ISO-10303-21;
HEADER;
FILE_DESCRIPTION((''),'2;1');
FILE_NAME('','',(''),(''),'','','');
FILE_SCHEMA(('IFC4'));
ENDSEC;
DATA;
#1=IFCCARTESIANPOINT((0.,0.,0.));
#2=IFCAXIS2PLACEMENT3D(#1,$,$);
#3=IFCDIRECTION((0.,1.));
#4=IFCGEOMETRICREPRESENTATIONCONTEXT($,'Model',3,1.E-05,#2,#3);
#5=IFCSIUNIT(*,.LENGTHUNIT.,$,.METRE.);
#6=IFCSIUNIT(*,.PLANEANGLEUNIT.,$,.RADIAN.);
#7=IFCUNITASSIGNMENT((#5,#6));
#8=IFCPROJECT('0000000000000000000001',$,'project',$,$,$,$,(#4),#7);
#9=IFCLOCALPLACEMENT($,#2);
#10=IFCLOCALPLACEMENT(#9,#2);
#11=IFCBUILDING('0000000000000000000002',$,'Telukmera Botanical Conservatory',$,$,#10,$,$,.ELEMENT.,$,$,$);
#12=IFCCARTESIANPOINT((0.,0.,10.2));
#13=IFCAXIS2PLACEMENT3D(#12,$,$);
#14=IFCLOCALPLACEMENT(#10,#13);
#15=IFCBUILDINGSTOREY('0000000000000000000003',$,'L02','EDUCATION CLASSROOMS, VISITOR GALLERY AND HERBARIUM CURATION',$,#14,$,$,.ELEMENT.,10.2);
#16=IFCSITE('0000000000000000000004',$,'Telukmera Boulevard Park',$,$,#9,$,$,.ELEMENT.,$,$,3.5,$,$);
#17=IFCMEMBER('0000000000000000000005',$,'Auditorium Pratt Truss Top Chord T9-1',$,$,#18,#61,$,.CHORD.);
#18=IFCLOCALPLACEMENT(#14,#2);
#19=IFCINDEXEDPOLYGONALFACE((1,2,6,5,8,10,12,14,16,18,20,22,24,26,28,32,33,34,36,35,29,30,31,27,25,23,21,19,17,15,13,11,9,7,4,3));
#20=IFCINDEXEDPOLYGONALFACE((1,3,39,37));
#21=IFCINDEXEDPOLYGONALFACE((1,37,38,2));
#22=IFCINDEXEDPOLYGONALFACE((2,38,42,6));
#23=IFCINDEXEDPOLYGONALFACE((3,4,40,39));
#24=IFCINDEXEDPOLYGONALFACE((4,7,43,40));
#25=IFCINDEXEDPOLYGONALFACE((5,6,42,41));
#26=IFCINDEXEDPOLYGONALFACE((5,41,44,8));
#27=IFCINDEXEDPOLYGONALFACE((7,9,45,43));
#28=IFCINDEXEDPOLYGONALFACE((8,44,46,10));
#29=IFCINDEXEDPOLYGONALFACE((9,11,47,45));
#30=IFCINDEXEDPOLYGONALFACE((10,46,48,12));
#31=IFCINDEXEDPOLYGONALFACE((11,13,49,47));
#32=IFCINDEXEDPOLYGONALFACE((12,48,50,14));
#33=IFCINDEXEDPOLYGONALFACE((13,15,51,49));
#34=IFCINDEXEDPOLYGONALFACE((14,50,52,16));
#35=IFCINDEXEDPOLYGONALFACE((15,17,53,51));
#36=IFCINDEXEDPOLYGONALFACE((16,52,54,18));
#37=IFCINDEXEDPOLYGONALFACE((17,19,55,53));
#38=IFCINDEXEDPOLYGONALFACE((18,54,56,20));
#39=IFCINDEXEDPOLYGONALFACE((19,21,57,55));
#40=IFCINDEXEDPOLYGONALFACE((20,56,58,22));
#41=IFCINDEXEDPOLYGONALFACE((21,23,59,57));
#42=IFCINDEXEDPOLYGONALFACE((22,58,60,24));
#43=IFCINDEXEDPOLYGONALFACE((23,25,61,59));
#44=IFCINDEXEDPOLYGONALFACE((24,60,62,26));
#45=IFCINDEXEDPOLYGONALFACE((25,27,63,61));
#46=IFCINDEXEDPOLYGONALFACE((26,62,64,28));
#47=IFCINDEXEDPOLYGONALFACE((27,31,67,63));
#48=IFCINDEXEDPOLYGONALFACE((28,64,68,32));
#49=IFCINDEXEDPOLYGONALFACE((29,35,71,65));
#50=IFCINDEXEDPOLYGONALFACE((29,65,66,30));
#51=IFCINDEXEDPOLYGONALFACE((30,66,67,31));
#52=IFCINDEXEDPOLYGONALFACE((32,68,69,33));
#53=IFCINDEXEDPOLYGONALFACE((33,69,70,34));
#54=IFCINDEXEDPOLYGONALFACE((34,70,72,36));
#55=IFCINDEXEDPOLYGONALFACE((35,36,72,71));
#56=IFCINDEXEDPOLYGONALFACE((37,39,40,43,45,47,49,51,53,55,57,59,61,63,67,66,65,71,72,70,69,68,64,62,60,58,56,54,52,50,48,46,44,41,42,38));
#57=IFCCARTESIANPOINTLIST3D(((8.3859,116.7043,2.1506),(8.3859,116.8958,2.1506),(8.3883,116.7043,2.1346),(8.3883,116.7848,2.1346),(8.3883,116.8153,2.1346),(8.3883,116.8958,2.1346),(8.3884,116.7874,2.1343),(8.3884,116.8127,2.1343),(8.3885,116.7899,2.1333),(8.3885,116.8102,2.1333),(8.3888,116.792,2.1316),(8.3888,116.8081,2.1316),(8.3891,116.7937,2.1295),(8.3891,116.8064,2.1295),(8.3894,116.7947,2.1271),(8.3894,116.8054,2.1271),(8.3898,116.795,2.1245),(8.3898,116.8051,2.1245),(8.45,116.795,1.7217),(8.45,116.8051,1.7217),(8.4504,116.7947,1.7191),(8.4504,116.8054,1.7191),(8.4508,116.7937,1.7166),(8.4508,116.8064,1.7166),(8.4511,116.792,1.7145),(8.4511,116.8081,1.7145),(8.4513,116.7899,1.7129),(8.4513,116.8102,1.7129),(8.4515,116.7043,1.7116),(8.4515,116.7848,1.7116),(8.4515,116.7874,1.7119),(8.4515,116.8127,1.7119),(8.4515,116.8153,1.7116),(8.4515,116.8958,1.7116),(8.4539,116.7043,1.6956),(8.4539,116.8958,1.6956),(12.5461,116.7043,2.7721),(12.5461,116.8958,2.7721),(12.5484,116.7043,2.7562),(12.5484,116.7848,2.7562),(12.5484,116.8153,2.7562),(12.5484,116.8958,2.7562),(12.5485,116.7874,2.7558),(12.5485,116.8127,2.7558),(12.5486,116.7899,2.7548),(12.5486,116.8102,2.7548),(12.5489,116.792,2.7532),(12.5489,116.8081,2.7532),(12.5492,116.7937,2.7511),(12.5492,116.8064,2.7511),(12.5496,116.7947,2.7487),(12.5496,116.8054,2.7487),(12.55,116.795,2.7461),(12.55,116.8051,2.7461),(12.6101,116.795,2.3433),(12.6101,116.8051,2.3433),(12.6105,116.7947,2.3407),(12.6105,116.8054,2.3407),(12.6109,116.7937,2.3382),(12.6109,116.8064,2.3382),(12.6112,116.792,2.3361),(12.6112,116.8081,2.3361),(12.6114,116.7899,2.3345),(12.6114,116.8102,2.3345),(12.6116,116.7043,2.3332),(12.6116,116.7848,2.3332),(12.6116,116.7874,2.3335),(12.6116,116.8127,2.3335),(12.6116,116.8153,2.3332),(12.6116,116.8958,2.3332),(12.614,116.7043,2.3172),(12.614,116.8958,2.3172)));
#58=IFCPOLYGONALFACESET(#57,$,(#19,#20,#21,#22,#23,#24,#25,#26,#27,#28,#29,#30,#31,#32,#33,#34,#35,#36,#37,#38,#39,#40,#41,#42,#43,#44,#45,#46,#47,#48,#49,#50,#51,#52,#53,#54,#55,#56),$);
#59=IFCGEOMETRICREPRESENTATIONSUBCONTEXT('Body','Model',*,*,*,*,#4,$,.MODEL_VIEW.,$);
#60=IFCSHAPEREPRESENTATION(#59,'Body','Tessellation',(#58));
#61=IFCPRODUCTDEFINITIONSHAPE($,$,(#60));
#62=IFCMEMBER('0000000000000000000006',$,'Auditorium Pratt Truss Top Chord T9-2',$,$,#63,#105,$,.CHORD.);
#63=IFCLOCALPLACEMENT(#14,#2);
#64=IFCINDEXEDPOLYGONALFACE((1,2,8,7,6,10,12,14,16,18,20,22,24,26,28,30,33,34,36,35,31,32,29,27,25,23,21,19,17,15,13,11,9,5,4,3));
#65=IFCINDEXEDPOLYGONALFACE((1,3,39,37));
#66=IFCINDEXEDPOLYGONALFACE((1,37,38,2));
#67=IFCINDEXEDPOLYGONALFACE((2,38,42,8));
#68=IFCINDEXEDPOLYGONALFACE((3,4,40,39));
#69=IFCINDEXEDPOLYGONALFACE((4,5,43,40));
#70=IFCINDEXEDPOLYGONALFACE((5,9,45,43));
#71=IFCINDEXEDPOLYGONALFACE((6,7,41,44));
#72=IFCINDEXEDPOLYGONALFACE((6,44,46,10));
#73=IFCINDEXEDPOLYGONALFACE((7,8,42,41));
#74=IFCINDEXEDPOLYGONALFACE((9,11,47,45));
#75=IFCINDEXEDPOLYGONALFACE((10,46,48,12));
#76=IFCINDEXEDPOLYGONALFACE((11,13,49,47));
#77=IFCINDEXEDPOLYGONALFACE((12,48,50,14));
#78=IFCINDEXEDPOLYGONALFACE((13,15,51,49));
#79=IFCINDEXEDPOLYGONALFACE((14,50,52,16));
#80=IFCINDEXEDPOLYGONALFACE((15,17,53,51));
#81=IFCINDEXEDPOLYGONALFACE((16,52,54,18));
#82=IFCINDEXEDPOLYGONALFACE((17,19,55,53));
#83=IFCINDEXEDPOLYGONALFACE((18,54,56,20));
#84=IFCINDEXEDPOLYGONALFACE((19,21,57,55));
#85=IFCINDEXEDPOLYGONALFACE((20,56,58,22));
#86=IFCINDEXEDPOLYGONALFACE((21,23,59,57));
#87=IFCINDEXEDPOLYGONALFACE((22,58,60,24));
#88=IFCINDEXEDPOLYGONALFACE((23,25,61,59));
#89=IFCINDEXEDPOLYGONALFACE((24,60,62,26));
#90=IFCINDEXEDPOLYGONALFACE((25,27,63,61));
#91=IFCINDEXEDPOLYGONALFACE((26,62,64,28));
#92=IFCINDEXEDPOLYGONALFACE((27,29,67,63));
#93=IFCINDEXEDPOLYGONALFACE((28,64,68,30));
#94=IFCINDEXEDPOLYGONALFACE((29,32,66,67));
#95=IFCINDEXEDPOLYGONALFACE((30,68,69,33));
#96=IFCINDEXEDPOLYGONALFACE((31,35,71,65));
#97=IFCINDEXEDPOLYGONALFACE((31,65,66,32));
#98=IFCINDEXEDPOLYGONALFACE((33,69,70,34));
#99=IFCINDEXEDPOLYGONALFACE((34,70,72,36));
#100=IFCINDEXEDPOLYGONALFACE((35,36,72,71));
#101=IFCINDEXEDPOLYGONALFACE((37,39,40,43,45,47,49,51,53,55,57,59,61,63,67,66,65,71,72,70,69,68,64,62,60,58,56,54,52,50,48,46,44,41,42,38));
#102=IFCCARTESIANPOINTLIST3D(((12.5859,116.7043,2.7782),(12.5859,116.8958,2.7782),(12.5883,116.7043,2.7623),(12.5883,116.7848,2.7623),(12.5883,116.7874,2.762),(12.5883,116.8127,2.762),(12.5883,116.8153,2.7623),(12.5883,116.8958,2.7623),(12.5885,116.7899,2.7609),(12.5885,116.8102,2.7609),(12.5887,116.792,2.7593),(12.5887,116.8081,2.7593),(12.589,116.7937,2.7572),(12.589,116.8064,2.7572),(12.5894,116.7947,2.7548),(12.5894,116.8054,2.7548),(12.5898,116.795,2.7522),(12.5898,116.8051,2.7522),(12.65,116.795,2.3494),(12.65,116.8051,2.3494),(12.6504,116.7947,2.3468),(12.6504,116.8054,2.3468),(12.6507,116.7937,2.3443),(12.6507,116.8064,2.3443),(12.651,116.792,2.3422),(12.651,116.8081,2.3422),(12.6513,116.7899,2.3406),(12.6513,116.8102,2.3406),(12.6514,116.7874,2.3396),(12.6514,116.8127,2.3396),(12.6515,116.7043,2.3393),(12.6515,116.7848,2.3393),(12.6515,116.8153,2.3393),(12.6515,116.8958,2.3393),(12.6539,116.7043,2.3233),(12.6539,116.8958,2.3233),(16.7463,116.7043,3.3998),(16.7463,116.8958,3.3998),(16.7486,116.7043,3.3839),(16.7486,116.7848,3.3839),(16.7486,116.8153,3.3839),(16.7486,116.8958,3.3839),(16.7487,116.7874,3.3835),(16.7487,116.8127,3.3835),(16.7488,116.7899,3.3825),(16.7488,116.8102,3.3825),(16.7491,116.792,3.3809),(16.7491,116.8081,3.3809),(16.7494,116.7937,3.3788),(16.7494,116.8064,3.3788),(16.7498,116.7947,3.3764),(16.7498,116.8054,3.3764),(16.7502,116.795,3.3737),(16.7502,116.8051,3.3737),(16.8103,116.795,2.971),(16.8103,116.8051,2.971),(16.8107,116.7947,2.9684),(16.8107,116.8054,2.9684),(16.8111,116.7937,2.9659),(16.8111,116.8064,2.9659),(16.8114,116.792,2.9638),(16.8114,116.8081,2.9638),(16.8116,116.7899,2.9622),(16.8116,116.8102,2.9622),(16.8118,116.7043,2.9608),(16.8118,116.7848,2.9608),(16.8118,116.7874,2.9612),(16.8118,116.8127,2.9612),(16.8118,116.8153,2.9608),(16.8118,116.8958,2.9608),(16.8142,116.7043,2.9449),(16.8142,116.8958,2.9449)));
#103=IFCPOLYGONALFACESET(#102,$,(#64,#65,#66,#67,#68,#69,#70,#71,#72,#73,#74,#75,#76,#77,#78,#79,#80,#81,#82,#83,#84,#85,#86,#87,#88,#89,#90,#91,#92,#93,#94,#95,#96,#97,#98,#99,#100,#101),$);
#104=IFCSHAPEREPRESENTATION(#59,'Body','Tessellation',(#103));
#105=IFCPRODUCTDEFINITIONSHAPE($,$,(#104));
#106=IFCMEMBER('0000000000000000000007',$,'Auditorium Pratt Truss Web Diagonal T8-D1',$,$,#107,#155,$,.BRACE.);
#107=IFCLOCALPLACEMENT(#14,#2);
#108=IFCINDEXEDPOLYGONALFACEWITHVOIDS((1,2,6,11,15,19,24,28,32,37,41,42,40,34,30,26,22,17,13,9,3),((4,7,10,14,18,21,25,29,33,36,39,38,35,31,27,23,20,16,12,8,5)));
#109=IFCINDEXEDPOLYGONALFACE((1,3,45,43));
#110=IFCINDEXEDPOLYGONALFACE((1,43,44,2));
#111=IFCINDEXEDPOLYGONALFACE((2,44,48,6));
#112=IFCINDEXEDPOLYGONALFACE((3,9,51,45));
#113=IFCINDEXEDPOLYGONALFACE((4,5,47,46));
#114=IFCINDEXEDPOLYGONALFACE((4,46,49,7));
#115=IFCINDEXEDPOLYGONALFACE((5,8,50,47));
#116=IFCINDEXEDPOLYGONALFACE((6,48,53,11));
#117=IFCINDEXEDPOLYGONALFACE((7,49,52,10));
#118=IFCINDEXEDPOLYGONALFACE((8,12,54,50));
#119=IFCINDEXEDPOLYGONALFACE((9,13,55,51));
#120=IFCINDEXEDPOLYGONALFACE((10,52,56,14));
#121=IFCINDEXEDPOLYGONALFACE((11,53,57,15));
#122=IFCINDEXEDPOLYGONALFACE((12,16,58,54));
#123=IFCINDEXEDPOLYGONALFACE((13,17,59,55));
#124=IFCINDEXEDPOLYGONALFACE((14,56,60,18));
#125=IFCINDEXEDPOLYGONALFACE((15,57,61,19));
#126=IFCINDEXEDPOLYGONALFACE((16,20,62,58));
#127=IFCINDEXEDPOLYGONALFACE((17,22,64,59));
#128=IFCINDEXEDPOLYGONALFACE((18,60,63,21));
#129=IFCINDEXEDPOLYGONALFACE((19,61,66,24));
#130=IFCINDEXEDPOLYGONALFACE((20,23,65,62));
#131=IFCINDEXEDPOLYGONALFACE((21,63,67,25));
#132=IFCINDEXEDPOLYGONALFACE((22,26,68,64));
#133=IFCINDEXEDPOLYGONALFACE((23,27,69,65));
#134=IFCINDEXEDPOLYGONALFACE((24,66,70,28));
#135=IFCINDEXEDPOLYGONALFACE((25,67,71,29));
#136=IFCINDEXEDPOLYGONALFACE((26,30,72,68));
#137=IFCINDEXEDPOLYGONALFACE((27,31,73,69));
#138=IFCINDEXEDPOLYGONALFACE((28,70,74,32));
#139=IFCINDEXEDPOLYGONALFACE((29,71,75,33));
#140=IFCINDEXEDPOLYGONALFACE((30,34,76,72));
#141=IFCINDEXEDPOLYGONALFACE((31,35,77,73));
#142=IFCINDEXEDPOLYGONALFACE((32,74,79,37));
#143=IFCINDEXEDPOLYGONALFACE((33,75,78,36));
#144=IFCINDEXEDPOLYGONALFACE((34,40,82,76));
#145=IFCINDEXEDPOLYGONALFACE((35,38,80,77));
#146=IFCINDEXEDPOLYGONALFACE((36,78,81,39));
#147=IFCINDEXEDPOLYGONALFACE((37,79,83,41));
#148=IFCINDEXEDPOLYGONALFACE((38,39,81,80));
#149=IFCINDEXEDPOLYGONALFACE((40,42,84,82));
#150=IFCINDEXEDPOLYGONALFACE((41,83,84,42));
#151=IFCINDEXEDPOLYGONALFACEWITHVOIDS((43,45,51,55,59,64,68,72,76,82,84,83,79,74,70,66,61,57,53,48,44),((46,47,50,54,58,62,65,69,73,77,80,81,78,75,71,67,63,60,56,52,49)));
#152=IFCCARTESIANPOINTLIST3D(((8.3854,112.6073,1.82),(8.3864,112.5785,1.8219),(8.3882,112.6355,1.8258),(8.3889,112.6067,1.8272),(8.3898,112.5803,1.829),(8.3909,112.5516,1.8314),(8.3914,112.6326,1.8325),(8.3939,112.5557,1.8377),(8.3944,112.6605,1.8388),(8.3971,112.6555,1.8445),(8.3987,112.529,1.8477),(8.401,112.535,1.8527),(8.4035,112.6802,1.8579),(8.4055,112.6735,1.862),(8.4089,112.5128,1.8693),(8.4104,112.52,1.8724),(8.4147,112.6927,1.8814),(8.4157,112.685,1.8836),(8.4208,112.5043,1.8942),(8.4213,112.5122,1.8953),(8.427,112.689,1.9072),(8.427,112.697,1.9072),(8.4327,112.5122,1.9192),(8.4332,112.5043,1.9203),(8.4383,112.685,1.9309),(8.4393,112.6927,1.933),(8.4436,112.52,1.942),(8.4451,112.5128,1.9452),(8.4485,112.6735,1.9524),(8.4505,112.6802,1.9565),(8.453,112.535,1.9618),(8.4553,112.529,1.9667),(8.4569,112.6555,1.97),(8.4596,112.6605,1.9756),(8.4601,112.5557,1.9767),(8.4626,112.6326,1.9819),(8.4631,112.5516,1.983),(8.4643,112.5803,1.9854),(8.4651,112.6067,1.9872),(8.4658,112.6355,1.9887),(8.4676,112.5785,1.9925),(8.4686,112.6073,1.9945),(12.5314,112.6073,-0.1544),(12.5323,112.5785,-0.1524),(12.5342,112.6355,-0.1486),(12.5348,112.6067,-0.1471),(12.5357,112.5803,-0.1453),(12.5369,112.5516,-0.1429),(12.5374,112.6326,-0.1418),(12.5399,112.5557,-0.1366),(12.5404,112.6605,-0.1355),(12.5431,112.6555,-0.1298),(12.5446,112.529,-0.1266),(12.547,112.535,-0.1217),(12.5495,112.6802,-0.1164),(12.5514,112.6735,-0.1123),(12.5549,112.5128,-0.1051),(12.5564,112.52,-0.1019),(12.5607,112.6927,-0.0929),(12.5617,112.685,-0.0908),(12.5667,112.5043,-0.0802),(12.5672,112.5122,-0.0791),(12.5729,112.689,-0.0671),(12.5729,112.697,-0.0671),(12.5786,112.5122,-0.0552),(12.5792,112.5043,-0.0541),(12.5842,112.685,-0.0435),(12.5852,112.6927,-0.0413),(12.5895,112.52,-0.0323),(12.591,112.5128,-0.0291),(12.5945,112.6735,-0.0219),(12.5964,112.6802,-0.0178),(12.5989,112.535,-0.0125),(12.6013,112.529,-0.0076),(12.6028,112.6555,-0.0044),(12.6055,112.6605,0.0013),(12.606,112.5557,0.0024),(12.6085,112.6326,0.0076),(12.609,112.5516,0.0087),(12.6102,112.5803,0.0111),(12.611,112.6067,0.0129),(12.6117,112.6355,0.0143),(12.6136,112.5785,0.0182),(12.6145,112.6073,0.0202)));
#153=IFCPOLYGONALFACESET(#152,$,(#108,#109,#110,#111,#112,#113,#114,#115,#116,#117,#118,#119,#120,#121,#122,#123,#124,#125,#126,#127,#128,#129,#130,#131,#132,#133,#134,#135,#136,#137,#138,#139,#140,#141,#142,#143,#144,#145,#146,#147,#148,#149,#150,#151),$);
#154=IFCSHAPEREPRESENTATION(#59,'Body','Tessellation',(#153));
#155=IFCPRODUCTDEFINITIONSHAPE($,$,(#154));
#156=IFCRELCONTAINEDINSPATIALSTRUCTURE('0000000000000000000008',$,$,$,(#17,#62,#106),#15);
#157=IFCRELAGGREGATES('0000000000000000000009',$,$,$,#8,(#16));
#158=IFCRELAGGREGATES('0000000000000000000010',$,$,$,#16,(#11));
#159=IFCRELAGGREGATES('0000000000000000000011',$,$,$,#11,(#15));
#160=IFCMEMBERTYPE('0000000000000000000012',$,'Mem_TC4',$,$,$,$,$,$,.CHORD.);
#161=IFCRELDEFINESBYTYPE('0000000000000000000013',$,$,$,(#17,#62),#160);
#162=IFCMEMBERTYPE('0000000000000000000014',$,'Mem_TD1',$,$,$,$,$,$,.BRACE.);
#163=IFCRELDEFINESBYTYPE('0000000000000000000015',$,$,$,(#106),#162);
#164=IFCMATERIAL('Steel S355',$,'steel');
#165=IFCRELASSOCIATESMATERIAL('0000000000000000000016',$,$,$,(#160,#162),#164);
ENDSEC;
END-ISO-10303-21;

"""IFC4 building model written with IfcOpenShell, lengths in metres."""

from ifc_helpers import new_model, si_unit, direction, frame, origin, origin_2d, place, context, subcontext, project, spatial, hollow_circle, i_section, extrude, material, material_profile, profile_set, type_object, element, save


model = new_model("IFC4")

# Units and contexts
model_context = context("Model", 3, precision=1e-05, world=origin(), true_north=direction((0.0, 1.0)))
body_context = subcontext(model_context, "Body", "Model", "MODEL_VIEW")
ifc_project = project(units=[si_unit("LENGTHUNIT", "METRE"), si_unit("PLANEANGLEUNIT", "RADIAN")], contexts=[model_context])

# Site, building, storey
site_placement = place(None, origin())
site = spatial("IfcSite", under=ifc_project, at=site_placement, Name="Telukmera Boulevard Park", CompositionType="ELEMENT", RefElevation=3.5)
building_placement = place(site_placement, origin())
building = spatial("IfcBuilding", under=site, at=building_placement, Name="Telukmera Botanical Conservatory", CompositionType="ELEMENT")
storey_placement = place(building_placement, frame((0.0, 0.0, 10.2)))
storey = spatial("IfcBuildingStorey", under=building, at=storey_placement, Name="L02", Description="EDUCATION CLASSROOMS, VISITOR GALLERY AND HERBARIUM CURATION", CompositionType="ELEMENT", Elevation=10.2)

# Members
ifc_material_1 = material(Name="Steel S355", Category="steel")
ifc_material_profile_1 = material_profile(ifc_material_1, i_section(OverallWidth=0.1914, OverallDepth=0.46, WebThickness=0.01, FlangeThickness=0.0161, FilletRadius=0.0103, at=origin_2d()), Name="UB 457x191x82")
ifc_profile_set_1 = profile_set([ifc_material_profile_1], Name="Steel S355")
member_type_1 = type_object("IfcMemberType", Name="Mem_TC4", PredefinedType="CHORD", material=ifc_profile_set_1)
member_1_placement = place(storey_placement, frame((8.4199, 116.8, 1.9231), z_axis=(0.989021, 0.0, 0.147773), x_axis=(0.0, 1.0, 0.0)))
element("IfcMember", 1, at=member_1_placement, inside=storey, type_object=member_type_1, Name="Auditorium Pratt Truss Top Chord T9-1", PredefinedType="CHORD", context=body_context, shape_type="SweptSolid", body=[
    extrude(i_section(OverallWidth=0.1914, OverallDepth=0.46, WebThickness=0.01, FlangeThickness=0.0161, FilletRadius=0.0103, at=origin_2d()), origin(), (0.0, 0.0, 1.0), 4.2063),
])
member_2_placement = place(storey_placement, frame((12.6199, 116.8, 2.5508), z_axis=(0.989023, 0.0, 0.147764), x_axis=(0.0, 1.0, 0.0)))
element("IfcMember", 2, at=member_2_placement, inside=storey, type_object=member_type_1, Name="Auditorium Pratt Truss Top Chord T9-2", PredefinedType="CHORD", context=body_context, shape_type="SweptSolid", body=[
    extrude(i_section(OverallWidth=0.1914, OverallDepth=0.46, WebThickness=0.01, FlangeThickness=0.0161, FilletRadius=0.0103, at=origin_2d()), origin(), (0.0, 0.0, 1.0), 4.2065),
])
ifc_material_profile_2 = material_profile(ifc_material_1, hollow_circle(Radius=0.0969, WallThickness=0.0081, at=origin_2d()), Name="CHS 193.7x8.0")
ifc_profile_set_2 = profile_set([ifc_material_profile_2], Name="Steel S355")
member_type_2 = type_object("IfcMemberType", Name="Mem_TD1", PredefinedType="BRACE", material=ifc_profile_set_2)
for number, where, z_axis, x_axis, name in (
    (3, (8.427, 112.6001, 1.9072), (0.902854, 0.0, -0.429948), (0.0, 1.0, 0.0), "Auditorium Pratt Truss Web Diagonal T8-D1"),
):
    element("IfcMember", number, at=place(storey_placement, frame(where, z_axis=z_axis, x_axis=x_axis)), inside=storey, type_object=member_type_2, Name=name, PredefinedType="BRACE", context=body_context, shape_type="SweptSolid", body=[
        extrude(hollow_circle(Radius=0.0969, WallThickness=0.0081, at=origin_2d()), origin(), (0.0, 0.0, 1.0), 4.592),
    ])

save(model, "model.ifc")
